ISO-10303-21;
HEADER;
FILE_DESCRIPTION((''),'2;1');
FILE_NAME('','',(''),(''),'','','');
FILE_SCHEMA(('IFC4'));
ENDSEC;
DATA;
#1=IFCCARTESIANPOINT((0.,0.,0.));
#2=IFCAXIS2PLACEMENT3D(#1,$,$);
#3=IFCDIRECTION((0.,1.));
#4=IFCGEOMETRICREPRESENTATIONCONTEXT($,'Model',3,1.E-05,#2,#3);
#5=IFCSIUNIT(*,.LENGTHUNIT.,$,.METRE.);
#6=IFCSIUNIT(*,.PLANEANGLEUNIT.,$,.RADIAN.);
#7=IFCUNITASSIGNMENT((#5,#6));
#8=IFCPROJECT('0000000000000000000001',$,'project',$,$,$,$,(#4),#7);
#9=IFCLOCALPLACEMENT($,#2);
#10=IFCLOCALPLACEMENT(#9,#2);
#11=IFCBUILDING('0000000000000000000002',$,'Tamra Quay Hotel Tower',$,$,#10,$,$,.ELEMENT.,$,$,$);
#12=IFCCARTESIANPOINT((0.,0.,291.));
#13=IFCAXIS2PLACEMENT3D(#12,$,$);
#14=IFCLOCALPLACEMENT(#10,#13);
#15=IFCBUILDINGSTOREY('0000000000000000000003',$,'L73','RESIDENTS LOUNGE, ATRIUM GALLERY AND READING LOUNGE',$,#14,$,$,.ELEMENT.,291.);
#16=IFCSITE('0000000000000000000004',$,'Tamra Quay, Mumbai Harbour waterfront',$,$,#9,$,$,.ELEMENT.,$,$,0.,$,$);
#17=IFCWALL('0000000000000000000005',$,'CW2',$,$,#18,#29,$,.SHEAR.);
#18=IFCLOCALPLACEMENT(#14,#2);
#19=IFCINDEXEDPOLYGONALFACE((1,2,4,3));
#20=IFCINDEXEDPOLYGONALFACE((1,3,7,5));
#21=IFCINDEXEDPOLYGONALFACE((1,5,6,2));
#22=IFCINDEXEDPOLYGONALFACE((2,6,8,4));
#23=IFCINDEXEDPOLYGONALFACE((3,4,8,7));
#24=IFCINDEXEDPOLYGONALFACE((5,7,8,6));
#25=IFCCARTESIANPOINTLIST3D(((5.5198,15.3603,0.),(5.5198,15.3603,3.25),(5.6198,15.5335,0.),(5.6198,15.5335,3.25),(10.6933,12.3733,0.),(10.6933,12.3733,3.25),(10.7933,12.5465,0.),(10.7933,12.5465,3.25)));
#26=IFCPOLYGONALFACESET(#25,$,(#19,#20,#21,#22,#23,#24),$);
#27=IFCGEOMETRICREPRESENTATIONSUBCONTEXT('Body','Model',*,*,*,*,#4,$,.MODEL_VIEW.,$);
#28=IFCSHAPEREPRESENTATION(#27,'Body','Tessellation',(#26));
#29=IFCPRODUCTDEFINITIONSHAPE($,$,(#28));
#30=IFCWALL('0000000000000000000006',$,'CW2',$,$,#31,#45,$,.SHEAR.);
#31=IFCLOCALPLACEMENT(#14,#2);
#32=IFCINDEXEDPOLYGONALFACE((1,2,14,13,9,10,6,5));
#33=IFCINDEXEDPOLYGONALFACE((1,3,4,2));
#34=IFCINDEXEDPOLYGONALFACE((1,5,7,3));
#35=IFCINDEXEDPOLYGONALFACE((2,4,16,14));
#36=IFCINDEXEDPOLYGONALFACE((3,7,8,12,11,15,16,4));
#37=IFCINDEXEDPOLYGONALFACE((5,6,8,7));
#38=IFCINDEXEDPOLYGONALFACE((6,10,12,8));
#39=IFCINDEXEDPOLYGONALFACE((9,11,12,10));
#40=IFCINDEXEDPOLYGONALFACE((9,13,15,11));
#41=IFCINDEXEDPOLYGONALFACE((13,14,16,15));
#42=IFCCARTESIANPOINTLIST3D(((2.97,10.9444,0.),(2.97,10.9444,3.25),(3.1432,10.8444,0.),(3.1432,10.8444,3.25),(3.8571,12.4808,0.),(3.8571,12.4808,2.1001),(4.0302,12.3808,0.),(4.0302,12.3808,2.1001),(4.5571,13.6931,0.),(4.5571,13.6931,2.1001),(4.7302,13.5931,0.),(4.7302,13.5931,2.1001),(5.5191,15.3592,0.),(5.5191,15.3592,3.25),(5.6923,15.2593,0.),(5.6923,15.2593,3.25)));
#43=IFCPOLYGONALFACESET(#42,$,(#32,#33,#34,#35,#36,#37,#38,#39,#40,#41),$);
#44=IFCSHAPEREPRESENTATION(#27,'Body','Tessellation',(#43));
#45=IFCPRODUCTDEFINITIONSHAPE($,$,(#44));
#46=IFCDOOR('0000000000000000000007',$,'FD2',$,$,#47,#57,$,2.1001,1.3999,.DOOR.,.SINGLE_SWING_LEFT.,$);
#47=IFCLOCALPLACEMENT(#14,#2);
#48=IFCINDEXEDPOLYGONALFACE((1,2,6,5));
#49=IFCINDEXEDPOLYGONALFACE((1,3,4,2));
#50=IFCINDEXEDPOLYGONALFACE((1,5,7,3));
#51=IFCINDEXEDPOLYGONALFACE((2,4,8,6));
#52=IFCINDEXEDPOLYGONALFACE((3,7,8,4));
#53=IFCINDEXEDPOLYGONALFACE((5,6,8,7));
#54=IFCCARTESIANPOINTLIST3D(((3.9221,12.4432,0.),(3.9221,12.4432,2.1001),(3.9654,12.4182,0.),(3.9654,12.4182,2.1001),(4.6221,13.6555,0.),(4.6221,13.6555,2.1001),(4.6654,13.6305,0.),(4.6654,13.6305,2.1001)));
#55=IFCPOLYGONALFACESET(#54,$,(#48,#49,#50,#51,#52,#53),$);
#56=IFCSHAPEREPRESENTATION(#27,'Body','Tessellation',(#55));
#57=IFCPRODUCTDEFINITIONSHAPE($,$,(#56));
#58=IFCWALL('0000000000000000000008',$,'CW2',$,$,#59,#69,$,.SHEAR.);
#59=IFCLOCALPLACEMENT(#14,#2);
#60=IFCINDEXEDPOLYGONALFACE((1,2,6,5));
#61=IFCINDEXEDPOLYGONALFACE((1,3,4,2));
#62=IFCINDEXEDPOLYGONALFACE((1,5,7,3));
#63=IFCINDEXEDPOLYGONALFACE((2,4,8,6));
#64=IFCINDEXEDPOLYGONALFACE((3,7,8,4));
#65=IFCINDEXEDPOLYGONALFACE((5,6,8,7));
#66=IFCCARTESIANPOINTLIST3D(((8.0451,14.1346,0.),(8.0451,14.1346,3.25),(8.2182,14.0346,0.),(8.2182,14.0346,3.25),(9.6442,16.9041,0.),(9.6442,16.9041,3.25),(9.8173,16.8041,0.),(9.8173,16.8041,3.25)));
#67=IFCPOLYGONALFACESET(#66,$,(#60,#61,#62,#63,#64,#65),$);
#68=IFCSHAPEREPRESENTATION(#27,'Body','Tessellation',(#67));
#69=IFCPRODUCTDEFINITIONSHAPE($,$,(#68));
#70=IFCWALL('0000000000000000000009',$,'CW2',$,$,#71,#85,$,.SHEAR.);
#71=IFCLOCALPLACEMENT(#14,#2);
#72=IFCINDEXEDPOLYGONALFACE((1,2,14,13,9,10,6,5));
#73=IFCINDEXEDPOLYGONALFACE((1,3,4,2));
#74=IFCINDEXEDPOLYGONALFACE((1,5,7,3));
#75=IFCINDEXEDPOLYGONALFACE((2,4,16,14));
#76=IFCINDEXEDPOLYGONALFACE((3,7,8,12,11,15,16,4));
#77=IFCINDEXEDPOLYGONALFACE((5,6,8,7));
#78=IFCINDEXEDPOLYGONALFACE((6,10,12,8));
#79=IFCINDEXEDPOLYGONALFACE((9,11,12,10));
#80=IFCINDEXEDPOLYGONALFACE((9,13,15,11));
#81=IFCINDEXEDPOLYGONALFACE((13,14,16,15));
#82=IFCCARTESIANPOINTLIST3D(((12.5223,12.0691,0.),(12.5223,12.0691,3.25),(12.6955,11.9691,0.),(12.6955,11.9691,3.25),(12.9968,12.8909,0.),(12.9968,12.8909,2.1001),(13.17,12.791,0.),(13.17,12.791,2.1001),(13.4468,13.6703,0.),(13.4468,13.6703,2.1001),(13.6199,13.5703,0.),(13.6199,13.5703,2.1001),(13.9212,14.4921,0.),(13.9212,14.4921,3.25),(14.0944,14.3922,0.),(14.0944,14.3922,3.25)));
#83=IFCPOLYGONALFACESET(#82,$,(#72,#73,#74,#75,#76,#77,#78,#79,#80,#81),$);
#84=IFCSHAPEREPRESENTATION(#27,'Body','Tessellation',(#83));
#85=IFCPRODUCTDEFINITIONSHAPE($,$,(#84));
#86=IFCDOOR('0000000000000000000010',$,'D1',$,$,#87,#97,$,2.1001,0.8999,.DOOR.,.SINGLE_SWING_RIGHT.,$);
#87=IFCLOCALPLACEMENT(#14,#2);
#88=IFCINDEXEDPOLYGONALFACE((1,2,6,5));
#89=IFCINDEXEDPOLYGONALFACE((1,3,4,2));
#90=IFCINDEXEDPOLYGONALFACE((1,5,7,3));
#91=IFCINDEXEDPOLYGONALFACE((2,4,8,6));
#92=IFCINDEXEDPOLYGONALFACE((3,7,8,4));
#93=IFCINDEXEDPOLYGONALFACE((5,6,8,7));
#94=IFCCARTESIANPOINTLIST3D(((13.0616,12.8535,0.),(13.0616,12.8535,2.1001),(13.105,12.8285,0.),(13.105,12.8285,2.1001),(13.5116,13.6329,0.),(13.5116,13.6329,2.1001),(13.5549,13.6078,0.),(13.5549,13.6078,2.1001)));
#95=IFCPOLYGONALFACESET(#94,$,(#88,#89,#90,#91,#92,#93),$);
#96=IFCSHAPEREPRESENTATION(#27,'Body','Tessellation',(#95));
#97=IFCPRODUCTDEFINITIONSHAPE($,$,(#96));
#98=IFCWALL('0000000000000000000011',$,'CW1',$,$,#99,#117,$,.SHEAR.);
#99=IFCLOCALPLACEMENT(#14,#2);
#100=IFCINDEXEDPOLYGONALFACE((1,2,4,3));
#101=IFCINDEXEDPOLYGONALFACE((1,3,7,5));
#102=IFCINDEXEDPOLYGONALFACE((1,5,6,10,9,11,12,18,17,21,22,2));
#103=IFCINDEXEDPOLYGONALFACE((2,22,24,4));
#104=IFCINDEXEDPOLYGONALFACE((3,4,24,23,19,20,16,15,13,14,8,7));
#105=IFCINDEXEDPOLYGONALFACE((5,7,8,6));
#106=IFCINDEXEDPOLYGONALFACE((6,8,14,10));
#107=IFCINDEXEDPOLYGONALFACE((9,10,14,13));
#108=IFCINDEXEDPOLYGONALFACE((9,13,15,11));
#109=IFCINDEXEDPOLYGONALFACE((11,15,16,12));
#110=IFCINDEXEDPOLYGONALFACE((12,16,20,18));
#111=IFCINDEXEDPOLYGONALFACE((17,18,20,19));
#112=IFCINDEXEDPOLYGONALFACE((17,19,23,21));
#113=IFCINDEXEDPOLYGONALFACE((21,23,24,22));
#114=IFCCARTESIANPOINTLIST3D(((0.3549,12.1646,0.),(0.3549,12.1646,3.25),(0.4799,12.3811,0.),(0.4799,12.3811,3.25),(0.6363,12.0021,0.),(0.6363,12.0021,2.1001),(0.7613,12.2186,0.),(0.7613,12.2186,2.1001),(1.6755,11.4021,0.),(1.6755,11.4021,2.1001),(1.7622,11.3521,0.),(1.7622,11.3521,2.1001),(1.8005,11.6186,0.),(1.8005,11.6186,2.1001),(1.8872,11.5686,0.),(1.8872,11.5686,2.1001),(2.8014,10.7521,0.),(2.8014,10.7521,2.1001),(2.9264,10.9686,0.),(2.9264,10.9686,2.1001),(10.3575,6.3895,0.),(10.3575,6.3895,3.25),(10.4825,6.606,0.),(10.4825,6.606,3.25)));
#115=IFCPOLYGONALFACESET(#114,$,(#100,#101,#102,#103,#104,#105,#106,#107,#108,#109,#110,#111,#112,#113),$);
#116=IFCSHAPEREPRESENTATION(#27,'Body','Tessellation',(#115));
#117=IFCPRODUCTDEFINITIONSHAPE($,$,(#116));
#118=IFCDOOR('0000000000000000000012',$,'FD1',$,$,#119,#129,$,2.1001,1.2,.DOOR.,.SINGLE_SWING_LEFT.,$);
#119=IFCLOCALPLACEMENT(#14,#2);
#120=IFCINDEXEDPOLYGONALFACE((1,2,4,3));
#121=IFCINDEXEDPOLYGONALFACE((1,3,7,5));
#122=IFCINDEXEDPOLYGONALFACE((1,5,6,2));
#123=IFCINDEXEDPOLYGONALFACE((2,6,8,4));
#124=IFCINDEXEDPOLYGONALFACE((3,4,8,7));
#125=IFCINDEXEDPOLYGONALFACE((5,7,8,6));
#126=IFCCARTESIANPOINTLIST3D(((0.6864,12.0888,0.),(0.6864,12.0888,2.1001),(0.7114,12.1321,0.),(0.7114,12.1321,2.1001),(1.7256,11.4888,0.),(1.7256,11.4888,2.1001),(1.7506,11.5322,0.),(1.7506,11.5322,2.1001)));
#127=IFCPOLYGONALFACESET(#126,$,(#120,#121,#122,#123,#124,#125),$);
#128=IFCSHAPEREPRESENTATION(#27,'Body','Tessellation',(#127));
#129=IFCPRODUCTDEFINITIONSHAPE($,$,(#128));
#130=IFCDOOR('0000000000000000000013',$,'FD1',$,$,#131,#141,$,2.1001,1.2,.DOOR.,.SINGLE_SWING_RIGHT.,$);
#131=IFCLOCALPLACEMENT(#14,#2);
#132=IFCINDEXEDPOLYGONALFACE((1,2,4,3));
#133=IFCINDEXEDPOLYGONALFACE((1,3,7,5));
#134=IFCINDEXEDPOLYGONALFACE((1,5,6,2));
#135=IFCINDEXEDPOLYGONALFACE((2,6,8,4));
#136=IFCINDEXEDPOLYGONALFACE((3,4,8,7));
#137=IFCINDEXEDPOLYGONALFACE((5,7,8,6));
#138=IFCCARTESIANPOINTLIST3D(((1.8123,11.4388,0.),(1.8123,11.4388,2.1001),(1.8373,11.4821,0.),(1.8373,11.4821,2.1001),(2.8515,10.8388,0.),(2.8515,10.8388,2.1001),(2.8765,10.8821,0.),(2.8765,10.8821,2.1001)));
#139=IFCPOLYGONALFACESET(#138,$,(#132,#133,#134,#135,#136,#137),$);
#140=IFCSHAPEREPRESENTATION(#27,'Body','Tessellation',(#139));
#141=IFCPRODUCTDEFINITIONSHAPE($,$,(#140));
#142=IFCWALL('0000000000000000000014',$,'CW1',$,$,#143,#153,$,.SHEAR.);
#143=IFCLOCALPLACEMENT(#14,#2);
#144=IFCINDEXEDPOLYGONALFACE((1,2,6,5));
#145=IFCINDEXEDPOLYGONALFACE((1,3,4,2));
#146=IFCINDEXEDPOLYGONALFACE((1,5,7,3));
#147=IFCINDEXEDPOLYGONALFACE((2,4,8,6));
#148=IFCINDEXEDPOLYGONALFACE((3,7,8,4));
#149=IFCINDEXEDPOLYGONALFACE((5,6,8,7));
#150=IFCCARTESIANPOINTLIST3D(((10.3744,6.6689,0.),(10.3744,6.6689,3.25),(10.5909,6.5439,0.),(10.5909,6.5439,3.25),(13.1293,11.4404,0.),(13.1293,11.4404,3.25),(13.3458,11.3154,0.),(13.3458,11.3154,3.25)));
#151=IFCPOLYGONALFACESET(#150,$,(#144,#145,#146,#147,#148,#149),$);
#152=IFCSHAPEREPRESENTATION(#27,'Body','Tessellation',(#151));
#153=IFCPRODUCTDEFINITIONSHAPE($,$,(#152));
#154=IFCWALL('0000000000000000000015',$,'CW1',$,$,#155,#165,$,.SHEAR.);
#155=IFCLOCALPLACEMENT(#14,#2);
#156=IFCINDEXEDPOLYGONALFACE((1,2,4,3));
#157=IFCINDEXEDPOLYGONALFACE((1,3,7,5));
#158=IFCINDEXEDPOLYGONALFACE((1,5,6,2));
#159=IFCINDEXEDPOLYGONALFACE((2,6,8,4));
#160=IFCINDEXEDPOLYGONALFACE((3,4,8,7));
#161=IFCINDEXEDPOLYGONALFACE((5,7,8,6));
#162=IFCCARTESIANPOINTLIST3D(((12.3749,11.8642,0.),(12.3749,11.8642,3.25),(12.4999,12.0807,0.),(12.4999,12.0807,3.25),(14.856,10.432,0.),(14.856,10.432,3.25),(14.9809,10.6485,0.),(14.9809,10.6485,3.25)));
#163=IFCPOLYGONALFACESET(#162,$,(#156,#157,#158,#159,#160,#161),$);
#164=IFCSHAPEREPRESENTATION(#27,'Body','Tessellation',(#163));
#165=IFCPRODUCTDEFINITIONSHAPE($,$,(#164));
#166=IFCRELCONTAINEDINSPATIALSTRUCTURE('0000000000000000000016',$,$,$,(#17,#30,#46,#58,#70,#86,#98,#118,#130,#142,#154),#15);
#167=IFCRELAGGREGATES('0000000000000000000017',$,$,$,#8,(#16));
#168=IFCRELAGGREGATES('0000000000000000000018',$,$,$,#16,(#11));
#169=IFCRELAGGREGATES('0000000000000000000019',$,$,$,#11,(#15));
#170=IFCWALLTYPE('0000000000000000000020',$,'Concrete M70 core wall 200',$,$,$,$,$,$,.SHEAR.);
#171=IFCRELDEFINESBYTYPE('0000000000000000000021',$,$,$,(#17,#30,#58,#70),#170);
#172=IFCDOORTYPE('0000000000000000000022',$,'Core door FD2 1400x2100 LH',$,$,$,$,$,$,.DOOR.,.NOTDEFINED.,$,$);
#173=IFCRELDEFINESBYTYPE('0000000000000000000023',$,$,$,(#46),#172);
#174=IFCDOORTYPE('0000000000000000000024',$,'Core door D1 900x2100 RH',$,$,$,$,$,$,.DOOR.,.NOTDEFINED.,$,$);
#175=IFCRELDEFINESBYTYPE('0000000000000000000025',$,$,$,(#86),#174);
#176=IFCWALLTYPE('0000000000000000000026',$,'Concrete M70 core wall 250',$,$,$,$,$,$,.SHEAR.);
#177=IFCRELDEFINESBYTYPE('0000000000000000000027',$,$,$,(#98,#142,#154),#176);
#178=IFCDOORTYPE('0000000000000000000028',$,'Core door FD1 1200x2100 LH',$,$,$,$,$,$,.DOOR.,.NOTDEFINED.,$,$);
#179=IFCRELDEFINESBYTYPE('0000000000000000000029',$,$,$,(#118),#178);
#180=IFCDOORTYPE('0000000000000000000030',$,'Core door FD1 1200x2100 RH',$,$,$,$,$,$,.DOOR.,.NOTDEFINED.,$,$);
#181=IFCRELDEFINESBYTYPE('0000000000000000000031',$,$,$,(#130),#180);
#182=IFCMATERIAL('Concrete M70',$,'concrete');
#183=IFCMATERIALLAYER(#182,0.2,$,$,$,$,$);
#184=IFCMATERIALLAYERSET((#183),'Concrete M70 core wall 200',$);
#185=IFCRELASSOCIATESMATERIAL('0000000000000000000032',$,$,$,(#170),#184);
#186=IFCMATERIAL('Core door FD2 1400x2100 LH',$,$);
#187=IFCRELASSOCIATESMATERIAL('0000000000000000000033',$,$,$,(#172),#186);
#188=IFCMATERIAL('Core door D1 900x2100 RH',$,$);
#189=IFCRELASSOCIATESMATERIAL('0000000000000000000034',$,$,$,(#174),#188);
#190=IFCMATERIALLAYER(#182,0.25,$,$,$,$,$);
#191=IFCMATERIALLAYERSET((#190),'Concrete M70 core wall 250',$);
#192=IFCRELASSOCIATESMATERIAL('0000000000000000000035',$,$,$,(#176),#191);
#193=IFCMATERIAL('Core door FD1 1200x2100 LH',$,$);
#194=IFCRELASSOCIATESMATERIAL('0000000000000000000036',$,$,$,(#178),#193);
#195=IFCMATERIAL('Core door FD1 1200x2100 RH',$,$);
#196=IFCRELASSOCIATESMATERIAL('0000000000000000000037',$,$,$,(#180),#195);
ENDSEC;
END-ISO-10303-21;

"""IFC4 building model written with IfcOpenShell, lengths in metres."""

from ifc_helpers import new_model, si_unit, direction, frame, frame_2d, origin, place, context, subcontext, project, spatial, rectangle, extrude, material, layer, layer_set, type_object, element, fill, save


model = new_model("IFC4")

# Units and contexts
model_context = context("Model", 3, precision=1e-05, world=origin(), true_north=direction((0.0, 1.0)))
body_context = subcontext(model_context, "Body", "Model", "MODEL_VIEW")
ifc_project = project(units=[si_unit("LENGTHUNIT", "METRE"), si_unit("PLANEANGLEUNIT", "RADIAN")], contexts=[model_context])

# Site, building, storey
site_placement = place(None, origin())
site = spatial("IfcSite", under=ifc_project, at=site_placement, Name="Tamra Quay, Mumbai Harbour waterfront", CompositionType="ELEMENT", RefElevation=0.0)
building_placement = place(site_placement, origin())
building = spatial("IfcBuilding", under=site, at=building_placement, Name="Tamra Quay Hotel Tower", CompositionType="ELEMENT")
storey_placement = place(building_placement, frame((0.0, 0.0, 291.0)))
storey = spatial("IfcBuildingStorey", under=building, at=storey_placement, Name="L73", Description="RESIDENTS LOUNGE, ATRIUM GALLERY AND READING LOUNGE", CompositionType="ELEMENT", Elevation=291.0)

# Wall
ifc_material_1 = material(Name="Concrete M70", Category="concrete")
ifc_layer_1 = layer(ifc_material_1, 0.2)
ifc_layer_set_1 = layer_set([ifc_layer_1], Name="Concrete M70 core wall 200")
wall_type_1 = type_object("IfcWallType", Name="Concrete M70 core wall 200", PredefinedType="SHEAR", material=ifc_layer_set_1)
wall_1_placement = place(storey_placement, frame((10.7432, 12.46, 0.0), z_axis=(0.0, 0.0, 1.0), x_axis=(-0.866019, 0.500011, 0.0)))
element("IfcWall", 1, at=wall_1_placement, inside=storey, type_object=wall_type_1, Name="CW2", PredefinedType="SHEAR", context=body_context, shape_type="SweptSolid", body=[
    extrude(rectangle(XDim=5.9739, YDim=0.2, at=frame_2d((2.9868, 0.0))), origin(), (0.0, 0.0, 1.0), 3.25),
])

# Wall, opening, door
wall_2_placement = place(storey_placement, frame((3.0566, 10.8945, 0.0), z_axis=(0.0, 0.0, 1.0), x_axis=(0.500028, 0.866009, 0.0)))
wall_2 = element("IfcWall", 2, at=wall_2_placement, inside=storey, type_object=wall_type_1, Name="CW2", PredefinedType="SHEAR", context=body_context, shape_type="SweptSolid", body=[
    extrude(rectangle(XDim=5.0979, YDim=0.2, at=frame_2d((2.5488, 0.0))), origin(), (0.0, 0.0, 1.0), 3.25),
])
opening_1_placement = place(wall_2_placement, frame((1.7739, 0.0, 0.0)))
opening_1 = element("IfcOpeningElement", 3, at=opening_1_placement, cuts=wall_2, PredefinedType="OPENING", context=body_context, shape_type="SweptSolid", body=[
    extrude(rectangle(XDim=1.3999, YDim=2.1001, at=frame_2d((0.7, 1.05))), frame((0.0, 0.1099, 0.0), z_axis=(0.0, -1.0, 0.0), x_axis=(1.0, 0.0, 0.0)), (0.0, 0.0, 1.0), 0.22),
])
ifc_material_2 = material(Name="Core door FD2 1400x2100 LH")
door_type_1 = type_object("IfcDoorType", Name="Core door FD2 1400x2100 LH", OperationType="NOTDEFINED", PredefinedType="DOOR", material=ifc_material_2)
door_1_placement = place(opening_1_placement, origin())
door_1 = element("IfcDoor", 4, at=door_1_placement, inside=storey, type_object=door_type_1, Name="FD2", OperationType="SINGLE_SWING_LEFT", OverallHeight=2.1001, OverallWidth=1.3999, PredefinedType="DOOR", context=body_context, shape_type="SweptSolid", body=[
    extrude(rectangle(XDim=1.3999, YDim=2.1001, at=frame_2d((0.7, 1.05))), frame((0.0, 0.0249, 0.0), z_axis=(0.0, -1.0, 0.0), x_axis=(1.0, 0.0, 0.0)), (0.0, 0.0, 1.0), 0.05),
])
fill(opening_1, door_1)

# Wall
wall_3_placement = place(storey_placement, frame((8.1316, 14.0845, 0.0), z_axis=(0.0, 0.0, 1.0), x_axis=(0.500031, 0.866008, 0.0)))
element("IfcWall", 5, at=wall_3_placement, inside=storey, type_object=wall_type_1, Name="CW2", PredefinedType="SHEAR", context=body_context, shape_type="SweptSolid", body=[
    extrude(rectangle(XDim=3.198, YDim=0.2, at=frame_2d((1.5991, 0.0))), origin(), (0.0, 0.0, 1.0), 3.25),
])

# Wall, opening, door
wall_4_placement = place(storey_placement, frame((14.0078, 14.4421, 0.0), z_axis=(0.0, 0.0, 1.0), x_axis=(-0.499987, -0.866033, 0.0)))
wall_4 = element("IfcWall", 6, at=wall_4_placement, inside=storey, type_object=wall_type_1, Name="CW2", PredefinedType="SHEAR", context=body_context, shape_type="SweptSolid", body=[
    extrude(rectangle(XDim=2.7979, YDim=0.2, at=frame_2d((1.3989, 0.0))), origin(), (0.0, 0.0, 1.0), 3.25),
])
opening_2_placement = place(wall_4_placement, frame((0.949, 0.0, 0.0)))
opening_2 = element("IfcOpeningElement", 7, at=opening_2_placement, cuts=wall_4, PredefinedType="OPENING", context=body_context, shape_type="SweptSolid", body=[
    extrude(rectangle(XDim=0.8999, YDim=2.1001, at=frame_2d((0.45, 1.05))), frame((0.0, 0.1099, 0.0), z_axis=(0.0, -1.0, 0.0), x_axis=(1.0, 0.0, 0.0)), (0.0, 0.0, 1.0), 0.22),
])
ifc_material_3 = material(Name="Core door D1 900x2100 RH")
door_type_2 = type_object("IfcDoorType", Name="Core door D1 900x2100 RH", OperationType="NOTDEFINED", PredefinedType="DOOR", material=ifc_material_3)
door_2_placement = place(opening_2_placement, origin())
door_2 = element("IfcDoor", 8, at=door_2_placement, inside=storey, type_object=door_type_2, Name="D1", OperationType="SINGLE_SWING_RIGHT", OverallHeight=2.1001, OverallWidth=0.8999, PredefinedType="DOOR", context=body_context, shape_type="SweptSolid", body=[
    extrude(rectangle(XDim=0.8999, YDim=2.1001, at=frame_2d((0.45, 1.05))), frame((0.0, 0.0249, 0.0), z_axis=(0.0, -1.0, 0.0), x_axis=(1.0, 0.0, 0.0)), (0.0, 0.0, 1.0), 0.05),
])
fill(opening_2, door_2)

# Wall, openings, doors
ifc_layer_2 = layer(ifc_material_1, 0.25)
ifc_layer_set_2 = layer_set([ifc_layer_2], Name="Concrete M70 core wall 250")
wall_type_2 = type_object("IfcWallType", Name="Concrete M70 core wall 250", PredefinedType="SHEAR", material=ifc_layer_set_2)
wall_5_placement = place(storey_placement, frame((10.4199, 6.4978, 0.0), z_axis=(0.0, 0.0, 1.0), x_axis=(-0.866022, 0.500006, 0.0)))
wall_5 = element("IfcWall", 9, at=wall_5_placement, inside=storey, type_object=wall_type_2, Name="CW1", PredefinedType="SHEAR", context=body_context, shape_type="SweptSolid", body=[
    extrude(rectangle(XDim=11.55, YDim=0.25, at=frame_2d((5.7749, 0.0))), origin(), (0.0, 0.0, 1.0), 3.25),
])
opening_3_placement = place(wall_5_placement, frame((10.0249, 0.0, 0.0)))
opening_3 = element("IfcOpeningElement", 10, at=opening_3_placement, cuts=wall_5, PredefinedType="OPENING", context=body_context, shape_type="SweptSolid", body=[
    extrude(rectangle(XDim=1.2, YDim=2.1001, at=frame_2d((0.6001, 1.05))), frame((0.0, 0.135, 0.0), z_axis=(0.0, -1.0, 0.0), x_axis=(1.0, 0.0, 0.0)), (0.0, 0.0, 1.0), 0.27),
])
opening_4_placement = place(wall_5_placement, frame((8.7249, 0.0, 0.0)))
opening_4 = element("IfcOpeningElement", 11, at=opening_4_placement, cuts=wall_5, PredefinedType="OPENING", context=body_context, shape_type="SweptSolid", body=[
    extrude(rectangle(XDim=1.2, YDim=2.1001, at=frame_2d((0.6001, 1.05))), frame((0.0, 0.135, 0.0), z_axis=(0.0, -1.0, 0.0), x_axis=(1.0, 0.0, 0.0)), (0.0, 0.0, 1.0), 0.27),
])
ifc_material_4 = material(Name="Core door FD1 1200x2100 LH")
door_type_3 = type_object("IfcDoorType", Name="Core door FD1 1200x2100 LH", OperationType="NOTDEFINED", PredefinedType="DOOR", material=ifc_material_4)
door_3_placement = place(opening_3_placement, origin())
door_3 = element("IfcDoor", 12, at=door_3_placement, inside=storey, type_object=door_type_3, Name="FD1", OperationType="SINGLE_SWING_LEFT", OverallHeight=2.1001, OverallWidth=1.2, PredefinedType="DOOR", context=body_context, shape_type="SweptSolid", body=[
    extrude(rectangle(XDim=1.2, YDim=2.1001, at=frame_2d((0.6001, 1.05))), frame((0.0, 0.0249, 0.0), z_axis=(0.0, -1.0, 0.0), x_axis=(1.0, 0.0, 0.0)), (0.0, 0.0, 1.0), 0.05),
])
fill(opening_3, door_3)
ifc_material_5 = material(Name="Core door FD1 1200x2100 RH")
door_type_4 = type_object("IfcDoorType", Name="Core door FD1 1200x2100 RH", OperationType="NOTDEFINED", PredefinedType="DOOR", material=ifc_material_5)
door_4_placement = place(opening_4_placement, origin())
door_4 = element("IfcDoor", 13, at=door_4_placement, inside=storey, type_object=door_type_4, Name="FD1", OperationType="SINGLE_SWING_RIGHT", OverallHeight=2.1001, OverallWidth=1.2, PredefinedType="DOOR", context=body_context, shape_type="SweptSolid", body=[
    extrude(rectangle(XDim=1.2, YDim=2.1001, at=frame_2d((0.6001, 1.05))), frame((0.0, 0.0249, 0.0), z_axis=(0.0, -1.0, 0.0), x_axis=(1.0, 0.0, 0.0)), (0.0, 0.0, 1.0), 0.05),
])
fill(opening_4, door_4)

# Walls
wall_6_placement = place(storey_placement, frame((13.2375, 11.3779, 0.0), z_axis=(0.0, 0.0, 1.0), x_axis=(-0.500009, -0.86602, 0.0)))
element("IfcWall", 14, at=wall_6_placement, inside=storey, type_object=wall_type_2, Name="CW1", PredefinedType="SHEAR", context=body_context, shape_type="SweptSolid", body=[
    extrude(rectangle(XDim=5.5098, YDim=0.25, at=frame_2d((2.7549, 0.0))), origin(), (0.0, 0.0, 1.0), 3.25),
])
wall_7_placement = place(storey_placement, frame((14.9185, 10.5403, 0.0), z_axis=(0.0, 0.0, 1.0), x_axis=(-0.866064, 0.499934, 0.0)))
element("IfcWall", 15, at=wall_7_placement, inside=storey, type_object=wall_type_2, Name="CW1", PredefinedType="SHEAR", context=body_context, shape_type="SweptSolid", body=[
    extrude(rectangle(XDim=2.8647, YDim=0.25, at=frame_2d((1.4324, 0.0))), origin(), (0.0, 0.0, 1.0), 3.25),
])

save(model, "model.ifc")
